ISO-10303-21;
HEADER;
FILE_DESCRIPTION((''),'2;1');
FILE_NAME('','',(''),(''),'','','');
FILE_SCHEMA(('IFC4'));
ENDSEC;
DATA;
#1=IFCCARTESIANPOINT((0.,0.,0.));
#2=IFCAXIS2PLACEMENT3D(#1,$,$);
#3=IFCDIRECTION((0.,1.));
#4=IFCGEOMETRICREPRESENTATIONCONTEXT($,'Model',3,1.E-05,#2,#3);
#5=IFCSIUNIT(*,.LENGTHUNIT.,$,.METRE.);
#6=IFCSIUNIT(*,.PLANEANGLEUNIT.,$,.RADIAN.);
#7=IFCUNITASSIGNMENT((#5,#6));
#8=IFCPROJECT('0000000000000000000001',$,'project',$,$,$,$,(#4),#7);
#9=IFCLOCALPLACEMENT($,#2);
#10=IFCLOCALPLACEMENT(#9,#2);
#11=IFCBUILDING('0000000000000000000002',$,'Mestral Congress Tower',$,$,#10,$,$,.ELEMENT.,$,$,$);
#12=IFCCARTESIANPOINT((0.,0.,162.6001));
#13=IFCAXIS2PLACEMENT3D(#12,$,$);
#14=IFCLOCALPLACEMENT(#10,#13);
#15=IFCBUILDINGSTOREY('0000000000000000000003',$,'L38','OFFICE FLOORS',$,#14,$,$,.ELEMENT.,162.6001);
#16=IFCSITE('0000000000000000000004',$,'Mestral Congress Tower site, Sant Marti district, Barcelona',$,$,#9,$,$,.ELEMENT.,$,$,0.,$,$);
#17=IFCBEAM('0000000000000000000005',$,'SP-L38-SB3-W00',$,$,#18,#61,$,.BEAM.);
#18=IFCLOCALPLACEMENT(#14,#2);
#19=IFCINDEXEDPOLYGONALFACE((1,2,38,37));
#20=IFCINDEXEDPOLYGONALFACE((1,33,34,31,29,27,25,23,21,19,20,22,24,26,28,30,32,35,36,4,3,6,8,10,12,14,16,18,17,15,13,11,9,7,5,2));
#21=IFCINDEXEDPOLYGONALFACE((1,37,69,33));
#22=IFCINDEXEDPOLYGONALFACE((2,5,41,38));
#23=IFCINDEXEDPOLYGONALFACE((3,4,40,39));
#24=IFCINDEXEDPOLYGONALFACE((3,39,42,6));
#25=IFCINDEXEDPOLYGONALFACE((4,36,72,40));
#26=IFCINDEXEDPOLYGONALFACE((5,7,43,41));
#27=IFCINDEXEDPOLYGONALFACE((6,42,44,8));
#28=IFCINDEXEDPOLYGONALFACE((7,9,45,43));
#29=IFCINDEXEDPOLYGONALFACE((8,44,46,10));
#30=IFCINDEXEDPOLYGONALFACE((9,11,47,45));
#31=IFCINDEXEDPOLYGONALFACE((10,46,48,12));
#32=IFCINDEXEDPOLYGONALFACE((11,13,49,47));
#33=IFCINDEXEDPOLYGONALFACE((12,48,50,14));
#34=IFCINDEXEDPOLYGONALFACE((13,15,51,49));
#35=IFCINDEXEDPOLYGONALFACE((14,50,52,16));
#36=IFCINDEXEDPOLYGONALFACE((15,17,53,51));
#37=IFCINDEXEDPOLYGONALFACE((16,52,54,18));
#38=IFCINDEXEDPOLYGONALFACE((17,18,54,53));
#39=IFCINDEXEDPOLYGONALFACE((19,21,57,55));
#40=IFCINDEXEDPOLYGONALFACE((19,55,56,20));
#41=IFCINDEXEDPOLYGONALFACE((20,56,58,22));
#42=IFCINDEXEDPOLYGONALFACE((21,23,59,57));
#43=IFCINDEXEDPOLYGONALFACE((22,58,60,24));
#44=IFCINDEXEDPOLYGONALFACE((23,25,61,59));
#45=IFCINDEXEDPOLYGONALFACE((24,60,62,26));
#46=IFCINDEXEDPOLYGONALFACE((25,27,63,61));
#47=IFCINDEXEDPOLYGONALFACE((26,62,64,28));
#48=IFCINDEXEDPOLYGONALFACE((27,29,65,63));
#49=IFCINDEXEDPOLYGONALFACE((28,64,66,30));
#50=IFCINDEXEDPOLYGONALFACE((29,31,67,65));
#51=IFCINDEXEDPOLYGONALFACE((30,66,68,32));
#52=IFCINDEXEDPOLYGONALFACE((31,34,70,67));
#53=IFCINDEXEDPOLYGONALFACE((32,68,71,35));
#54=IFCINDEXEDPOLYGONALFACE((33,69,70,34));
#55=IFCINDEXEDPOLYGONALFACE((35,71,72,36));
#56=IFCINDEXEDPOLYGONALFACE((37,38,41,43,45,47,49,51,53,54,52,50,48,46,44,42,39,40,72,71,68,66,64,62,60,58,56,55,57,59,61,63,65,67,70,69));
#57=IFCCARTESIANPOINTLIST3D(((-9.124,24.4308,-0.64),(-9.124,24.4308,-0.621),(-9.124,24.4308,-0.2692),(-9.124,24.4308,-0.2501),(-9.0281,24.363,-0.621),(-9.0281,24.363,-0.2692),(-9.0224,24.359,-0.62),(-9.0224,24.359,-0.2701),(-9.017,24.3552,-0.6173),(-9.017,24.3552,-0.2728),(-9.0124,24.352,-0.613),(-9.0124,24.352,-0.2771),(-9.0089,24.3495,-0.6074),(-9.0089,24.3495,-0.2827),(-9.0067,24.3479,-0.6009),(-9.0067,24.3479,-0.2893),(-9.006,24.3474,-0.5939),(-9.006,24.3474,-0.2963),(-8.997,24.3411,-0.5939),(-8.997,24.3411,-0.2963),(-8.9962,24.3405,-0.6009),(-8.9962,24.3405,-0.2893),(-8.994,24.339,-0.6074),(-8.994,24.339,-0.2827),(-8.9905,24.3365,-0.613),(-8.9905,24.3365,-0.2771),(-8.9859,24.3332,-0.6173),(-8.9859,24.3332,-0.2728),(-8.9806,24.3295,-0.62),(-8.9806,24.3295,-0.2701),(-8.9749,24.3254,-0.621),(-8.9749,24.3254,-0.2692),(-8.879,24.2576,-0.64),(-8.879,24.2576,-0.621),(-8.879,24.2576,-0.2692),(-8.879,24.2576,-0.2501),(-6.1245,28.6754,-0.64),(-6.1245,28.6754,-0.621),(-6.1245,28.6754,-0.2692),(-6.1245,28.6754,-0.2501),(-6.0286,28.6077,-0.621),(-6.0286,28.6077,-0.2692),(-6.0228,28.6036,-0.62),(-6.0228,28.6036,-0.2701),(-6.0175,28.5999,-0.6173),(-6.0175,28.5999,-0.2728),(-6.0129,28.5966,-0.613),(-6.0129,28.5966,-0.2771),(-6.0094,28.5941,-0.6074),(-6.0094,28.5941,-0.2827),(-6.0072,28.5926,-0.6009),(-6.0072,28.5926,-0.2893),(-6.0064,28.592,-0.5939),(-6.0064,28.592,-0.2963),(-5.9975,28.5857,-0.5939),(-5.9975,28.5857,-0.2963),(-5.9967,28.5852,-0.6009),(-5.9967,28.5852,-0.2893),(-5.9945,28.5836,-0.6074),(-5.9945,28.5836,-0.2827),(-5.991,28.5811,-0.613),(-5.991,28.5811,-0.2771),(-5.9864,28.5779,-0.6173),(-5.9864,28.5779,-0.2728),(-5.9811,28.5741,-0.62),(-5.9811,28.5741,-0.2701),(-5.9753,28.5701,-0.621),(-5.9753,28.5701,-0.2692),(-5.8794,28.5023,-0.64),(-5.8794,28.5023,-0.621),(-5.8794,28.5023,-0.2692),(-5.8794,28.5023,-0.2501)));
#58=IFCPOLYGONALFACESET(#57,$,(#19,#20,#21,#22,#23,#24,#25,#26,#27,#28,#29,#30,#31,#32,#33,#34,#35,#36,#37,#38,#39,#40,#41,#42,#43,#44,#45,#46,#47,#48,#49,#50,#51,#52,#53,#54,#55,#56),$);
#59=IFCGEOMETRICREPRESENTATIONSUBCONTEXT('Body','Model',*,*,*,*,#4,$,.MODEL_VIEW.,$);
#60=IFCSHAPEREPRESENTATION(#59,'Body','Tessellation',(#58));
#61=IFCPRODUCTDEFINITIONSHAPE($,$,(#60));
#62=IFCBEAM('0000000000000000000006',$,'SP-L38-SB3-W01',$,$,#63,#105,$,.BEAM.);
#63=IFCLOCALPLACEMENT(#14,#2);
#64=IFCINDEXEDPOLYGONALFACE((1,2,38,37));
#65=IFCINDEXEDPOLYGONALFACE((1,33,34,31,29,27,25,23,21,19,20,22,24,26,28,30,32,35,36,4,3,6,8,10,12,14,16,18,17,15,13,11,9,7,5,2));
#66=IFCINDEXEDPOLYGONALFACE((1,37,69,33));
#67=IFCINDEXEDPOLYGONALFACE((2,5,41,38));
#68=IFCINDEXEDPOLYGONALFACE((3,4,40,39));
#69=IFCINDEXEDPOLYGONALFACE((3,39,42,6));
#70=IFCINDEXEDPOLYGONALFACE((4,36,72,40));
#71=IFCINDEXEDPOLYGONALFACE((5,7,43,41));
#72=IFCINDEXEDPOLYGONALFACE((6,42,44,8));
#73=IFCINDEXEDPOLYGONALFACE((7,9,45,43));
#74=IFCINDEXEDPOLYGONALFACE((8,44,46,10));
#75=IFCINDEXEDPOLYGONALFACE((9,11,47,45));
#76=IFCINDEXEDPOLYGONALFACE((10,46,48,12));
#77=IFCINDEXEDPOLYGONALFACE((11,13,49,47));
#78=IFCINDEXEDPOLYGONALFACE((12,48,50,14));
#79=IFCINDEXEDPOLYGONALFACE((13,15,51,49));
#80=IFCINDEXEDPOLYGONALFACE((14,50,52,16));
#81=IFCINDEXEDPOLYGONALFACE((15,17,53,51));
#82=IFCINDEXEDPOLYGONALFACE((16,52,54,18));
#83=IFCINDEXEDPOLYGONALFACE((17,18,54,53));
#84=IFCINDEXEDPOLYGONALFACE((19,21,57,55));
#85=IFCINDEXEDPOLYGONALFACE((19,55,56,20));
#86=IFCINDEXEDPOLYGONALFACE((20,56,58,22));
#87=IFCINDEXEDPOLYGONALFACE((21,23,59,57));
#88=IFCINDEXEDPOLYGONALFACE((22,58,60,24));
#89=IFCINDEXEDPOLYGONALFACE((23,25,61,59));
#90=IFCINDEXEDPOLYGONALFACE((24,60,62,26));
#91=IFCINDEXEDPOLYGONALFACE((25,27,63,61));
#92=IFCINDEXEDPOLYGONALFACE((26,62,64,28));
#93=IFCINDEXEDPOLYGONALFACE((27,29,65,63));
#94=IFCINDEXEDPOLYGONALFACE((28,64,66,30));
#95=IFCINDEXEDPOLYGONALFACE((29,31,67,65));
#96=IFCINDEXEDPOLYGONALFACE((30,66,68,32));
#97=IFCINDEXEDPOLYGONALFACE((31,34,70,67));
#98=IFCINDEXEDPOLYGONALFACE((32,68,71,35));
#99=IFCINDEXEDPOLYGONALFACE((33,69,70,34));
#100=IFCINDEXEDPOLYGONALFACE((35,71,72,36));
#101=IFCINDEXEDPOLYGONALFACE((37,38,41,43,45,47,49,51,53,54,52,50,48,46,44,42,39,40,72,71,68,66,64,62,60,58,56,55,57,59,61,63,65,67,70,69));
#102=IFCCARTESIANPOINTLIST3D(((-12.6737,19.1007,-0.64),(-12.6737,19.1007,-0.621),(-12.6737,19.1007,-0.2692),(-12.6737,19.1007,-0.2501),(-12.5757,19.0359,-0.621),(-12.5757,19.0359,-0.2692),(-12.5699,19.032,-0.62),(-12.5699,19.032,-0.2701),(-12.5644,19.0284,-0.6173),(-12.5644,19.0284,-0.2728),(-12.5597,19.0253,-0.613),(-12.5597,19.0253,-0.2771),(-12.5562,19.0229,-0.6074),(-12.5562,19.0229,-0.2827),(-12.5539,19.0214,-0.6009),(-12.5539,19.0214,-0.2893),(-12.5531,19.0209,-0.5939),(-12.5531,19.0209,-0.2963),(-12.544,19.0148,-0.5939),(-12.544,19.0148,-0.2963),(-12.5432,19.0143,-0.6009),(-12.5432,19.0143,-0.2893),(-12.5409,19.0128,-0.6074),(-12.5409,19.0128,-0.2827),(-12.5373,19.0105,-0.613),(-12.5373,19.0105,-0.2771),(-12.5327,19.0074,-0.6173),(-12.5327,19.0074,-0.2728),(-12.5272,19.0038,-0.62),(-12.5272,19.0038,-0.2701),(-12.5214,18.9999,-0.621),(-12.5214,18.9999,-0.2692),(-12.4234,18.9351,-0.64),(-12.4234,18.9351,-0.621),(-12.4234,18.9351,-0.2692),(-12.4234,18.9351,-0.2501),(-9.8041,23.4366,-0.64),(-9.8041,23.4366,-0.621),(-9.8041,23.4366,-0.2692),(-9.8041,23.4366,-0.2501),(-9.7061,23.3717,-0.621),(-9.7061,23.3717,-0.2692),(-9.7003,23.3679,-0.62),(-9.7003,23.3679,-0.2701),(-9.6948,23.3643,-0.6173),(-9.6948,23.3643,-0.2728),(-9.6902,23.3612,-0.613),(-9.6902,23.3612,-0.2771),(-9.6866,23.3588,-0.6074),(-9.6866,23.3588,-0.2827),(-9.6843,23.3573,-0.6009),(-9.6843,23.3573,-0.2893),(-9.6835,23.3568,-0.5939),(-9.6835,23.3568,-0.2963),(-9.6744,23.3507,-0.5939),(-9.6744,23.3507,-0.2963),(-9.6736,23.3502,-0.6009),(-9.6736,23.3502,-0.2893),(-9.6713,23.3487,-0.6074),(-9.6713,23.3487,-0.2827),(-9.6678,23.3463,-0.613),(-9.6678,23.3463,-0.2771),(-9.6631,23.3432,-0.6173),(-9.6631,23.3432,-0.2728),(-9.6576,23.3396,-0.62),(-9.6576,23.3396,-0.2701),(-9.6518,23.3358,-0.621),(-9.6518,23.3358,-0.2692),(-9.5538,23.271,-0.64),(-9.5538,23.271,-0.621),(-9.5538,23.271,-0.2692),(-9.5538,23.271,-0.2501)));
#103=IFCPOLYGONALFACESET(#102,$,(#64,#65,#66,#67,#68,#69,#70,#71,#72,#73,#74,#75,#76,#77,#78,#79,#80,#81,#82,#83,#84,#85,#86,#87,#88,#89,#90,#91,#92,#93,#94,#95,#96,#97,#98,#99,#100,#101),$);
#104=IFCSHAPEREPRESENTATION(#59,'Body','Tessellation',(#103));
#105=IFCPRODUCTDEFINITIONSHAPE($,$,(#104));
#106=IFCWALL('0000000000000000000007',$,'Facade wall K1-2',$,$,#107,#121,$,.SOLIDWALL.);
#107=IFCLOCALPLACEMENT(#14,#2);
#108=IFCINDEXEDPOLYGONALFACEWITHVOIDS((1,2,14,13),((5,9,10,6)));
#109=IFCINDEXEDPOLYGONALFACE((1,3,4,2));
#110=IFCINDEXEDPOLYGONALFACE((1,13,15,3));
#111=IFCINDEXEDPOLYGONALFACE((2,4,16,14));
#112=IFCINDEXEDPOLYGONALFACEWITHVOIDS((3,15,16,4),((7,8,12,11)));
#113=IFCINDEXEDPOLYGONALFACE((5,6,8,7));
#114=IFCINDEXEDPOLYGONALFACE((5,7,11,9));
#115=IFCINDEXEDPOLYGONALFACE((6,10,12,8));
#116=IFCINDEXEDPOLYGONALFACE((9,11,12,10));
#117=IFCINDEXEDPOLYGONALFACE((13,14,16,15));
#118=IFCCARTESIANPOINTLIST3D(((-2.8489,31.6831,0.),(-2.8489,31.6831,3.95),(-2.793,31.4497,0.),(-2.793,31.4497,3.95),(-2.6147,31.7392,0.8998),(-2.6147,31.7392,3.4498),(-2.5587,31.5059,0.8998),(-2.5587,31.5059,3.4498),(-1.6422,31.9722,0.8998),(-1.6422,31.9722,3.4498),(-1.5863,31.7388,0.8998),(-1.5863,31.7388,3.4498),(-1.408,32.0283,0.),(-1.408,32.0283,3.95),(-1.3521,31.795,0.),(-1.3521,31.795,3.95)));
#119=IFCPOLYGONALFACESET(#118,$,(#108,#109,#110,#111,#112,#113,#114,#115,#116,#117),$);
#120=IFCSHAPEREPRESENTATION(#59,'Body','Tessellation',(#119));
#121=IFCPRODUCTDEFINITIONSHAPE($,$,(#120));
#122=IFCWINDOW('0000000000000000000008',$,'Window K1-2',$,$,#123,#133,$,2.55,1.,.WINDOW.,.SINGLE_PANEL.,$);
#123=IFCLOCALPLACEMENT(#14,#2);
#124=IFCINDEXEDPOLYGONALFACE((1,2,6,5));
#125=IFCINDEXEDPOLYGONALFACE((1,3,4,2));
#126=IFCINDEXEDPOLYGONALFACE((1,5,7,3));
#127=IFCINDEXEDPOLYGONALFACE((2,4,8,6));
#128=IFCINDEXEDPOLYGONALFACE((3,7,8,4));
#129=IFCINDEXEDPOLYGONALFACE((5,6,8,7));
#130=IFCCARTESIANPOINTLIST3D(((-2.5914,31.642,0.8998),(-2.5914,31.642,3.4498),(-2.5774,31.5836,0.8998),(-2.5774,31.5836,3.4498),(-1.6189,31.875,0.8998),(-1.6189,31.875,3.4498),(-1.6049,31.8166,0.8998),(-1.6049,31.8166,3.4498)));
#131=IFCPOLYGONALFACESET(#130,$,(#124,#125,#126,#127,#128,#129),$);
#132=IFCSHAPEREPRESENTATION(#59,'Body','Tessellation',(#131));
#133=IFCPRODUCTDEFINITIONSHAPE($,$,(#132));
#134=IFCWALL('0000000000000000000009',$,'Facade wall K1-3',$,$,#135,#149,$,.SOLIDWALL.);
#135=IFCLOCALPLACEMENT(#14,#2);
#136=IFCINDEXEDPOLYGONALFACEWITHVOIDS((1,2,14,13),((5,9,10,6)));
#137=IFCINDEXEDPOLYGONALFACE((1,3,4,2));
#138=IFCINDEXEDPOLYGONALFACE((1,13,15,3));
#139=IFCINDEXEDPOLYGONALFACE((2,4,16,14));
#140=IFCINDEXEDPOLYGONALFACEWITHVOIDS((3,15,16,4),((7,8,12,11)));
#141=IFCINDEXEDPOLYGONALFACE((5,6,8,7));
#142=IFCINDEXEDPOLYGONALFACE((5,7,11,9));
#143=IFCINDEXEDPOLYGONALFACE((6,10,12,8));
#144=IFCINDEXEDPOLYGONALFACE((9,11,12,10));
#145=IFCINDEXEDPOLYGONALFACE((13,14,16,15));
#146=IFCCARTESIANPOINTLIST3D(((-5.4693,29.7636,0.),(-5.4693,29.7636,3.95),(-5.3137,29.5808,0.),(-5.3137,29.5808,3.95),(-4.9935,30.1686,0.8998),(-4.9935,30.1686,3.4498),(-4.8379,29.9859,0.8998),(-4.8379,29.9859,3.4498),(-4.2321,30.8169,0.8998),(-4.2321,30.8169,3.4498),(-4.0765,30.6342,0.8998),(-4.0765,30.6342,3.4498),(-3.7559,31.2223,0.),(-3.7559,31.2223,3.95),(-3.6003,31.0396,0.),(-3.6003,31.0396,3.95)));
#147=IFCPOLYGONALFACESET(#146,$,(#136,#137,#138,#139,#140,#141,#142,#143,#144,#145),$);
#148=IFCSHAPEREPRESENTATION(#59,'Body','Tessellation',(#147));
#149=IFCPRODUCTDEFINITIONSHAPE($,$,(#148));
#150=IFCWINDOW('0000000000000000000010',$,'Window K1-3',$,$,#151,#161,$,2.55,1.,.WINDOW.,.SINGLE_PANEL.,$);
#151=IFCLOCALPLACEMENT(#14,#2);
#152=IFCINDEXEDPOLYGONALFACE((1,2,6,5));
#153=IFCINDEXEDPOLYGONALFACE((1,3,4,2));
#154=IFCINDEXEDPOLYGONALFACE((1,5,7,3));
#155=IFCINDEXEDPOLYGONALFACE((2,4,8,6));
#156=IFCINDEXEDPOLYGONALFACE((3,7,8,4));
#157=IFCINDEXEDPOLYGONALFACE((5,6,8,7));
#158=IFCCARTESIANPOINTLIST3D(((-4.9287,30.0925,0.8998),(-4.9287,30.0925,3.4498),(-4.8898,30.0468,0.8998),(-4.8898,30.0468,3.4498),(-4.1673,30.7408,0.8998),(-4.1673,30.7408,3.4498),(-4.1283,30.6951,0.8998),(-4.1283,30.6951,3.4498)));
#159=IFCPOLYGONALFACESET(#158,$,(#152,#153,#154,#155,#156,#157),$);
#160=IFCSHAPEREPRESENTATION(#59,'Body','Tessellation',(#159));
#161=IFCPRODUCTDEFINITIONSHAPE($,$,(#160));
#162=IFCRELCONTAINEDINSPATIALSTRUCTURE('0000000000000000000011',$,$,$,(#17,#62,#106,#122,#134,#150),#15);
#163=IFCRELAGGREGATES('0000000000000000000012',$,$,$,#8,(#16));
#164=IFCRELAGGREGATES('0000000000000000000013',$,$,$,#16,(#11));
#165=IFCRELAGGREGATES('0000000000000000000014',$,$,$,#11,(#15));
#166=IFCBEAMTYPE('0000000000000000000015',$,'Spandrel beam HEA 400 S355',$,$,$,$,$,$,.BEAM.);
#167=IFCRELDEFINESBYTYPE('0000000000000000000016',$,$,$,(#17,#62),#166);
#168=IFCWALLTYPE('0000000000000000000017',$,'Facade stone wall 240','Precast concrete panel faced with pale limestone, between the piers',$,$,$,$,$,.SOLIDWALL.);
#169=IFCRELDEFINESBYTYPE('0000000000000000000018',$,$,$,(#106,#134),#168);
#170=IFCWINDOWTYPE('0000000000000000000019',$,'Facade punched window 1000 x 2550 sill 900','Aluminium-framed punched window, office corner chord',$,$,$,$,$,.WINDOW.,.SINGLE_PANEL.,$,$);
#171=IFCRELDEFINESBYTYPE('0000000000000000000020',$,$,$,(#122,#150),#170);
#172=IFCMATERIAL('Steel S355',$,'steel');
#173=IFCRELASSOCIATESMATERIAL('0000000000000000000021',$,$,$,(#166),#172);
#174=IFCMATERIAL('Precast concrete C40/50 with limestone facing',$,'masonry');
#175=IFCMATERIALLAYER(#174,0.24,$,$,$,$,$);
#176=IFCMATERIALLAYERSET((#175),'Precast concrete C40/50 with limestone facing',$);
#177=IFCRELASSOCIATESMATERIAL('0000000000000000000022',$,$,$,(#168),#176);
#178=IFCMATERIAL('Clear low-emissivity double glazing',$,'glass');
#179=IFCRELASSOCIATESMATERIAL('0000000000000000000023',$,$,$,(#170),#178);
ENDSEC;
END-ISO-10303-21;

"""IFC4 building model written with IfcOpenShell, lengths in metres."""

from ifc_helpers import new_model, si_unit, direction, frame, frame_2d, origin, origin_2d, place, context, subcontext, project, spatial, rectangle, i_section, extrude, material, layer, layer_set, material_profile, profile_set, type_object, element, fill, save


model = new_model("IFC4")

# Units and contexts
model_context = context("Model", 3, precision=1e-05, world=origin(), true_north=direction((0.0, 1.0)))
body_context = subcontext(model_context, "Body", "Model", "MODEL_VIEW")
ifc_project = project(units=[si_unit("LENGTHUNIT", "METRE"), si_unit("PLANEANGLEUNIT", "RADIAN")], contexts=[model_context])

# Site, building, storey
site_placement = place(None, origin())
site = spatial("IfcSite", under=ifc_project, at=site_placement, Name="Mestral Congress Tower site, Sant Marti district, Barcelona", CompositionType="ELEMENT", RefElevation=0.0)
building_placement = place(site_placement, origin())
building = spatial("IfcBuilding", under=site, at=building_placement, Name="Mestral Congress Tower", CompositionType="ELEMENT")
storey_placement = place(building_placement, frame((0.0, 0.0, 162.6001)))
storey = spatial("IfcBuildingStorey", under=building, at=storey_placement, Name="L38", Description="OFFICE FLOORS", CompositionType="ELEMENT", Elevation=162.6001)

# Beams
ifc_material_1 = material(Name="Steel S355", Category="steel")
ifc_material_profile_1 = material_profile(ifc_material_1, i_section(OverallWidth=0.3, OverallDepth=0.3899, WebThickness=0.011, FlangeThickness=0.019, FilletRadius=0.0271, at=origin_2d()), Name="HEA 400")
ifc_profile_set_1 = profile_set([ifc_material_profile_1], Name="Steel S355")
beam_type_1 = type_object("IfcBeamType", Name="Spandrel beam HEA 400 S355", PredefinedType="BEAM", material=ifc_profile_set_1)
beam_1_placement = place(storey_placement, frame((-6.002, 28.5889, -0.4451), z_axis=(-0.577107, -0.816668, 0.0), x_axis=(0.816668, -0.577107, 0.0)))
element("IfcBeam", 1, at=beam_1_placement, inside=storey, type_object=beam_type_1, Name="SP-L38-SB3-W00", PredefinedType="BEAM", context=body_context, shape_type="SweptSolid", body=[
    extrude(i_section(OverallWidth=0.3, OverallDepth=0.3899, WebThickness=0.011, FlangeThickness=0.019, FilletRadius=0.0271, at=origin_2d()), origin(), (0.0, 0.0, 1.0), 5.1975),
])
beam_2_placement = place(storey_placement, frame((-9.679, 23.3538, -0.4451), z_axis=(-0.551901, -0.833909, 0.0), x_axis=(0.833909, -0.551901, 0.0)))
element("IfcBeam", 2, at=beam_2_placement, inside=storey, type_object=beam_type_1, Name="SP-L38-SB3-W01", PredefinedType="BEAM", context=body_context, shape_type="SweptSolid", body=[
    extrude(i_section(OverallWidth=0.3, OverallDepth=0.3899, WebThickness=0.011, FlangeThickness=0.019, FilletRadius=0.0271, at=origin_2d()), origin(), (0.0, 0.0, 1.0), 5.1995),
])

# Walls, openings, windows
ifc_material_2 = material(Name="Precast concrete C40/50 with limestone facing", Category="masonry")
ifc_layer_1 = layer(ifc_material_2, 0.24)
ifc_layer_set_1 = layer_set([ifc_layer_1], Name="Precast concrete C40/50 with limestone facing")
wall_type_1 = type_object("IfcWallType", Name="Facade stone wall 240", Description="Precast concrete panel faced with pale limestone, between the piers", PredefinedType="SOLIDWALL", material=ifc_layer_set_1)
wall_1_placement = place(storey_placement, frame((-1.3801, 31.9116, 0.0), z_axis=(0.0, 0.0, 1.0), x_axis=(-0.97248, -0.232987, 0.0)))
wall_1 = element("IfcWall", 3, at=wall_1_placement, inside=storey, type_object=wall_type_1, Name="Facade wall K1-2", PredefinedType="SOLIDWALL", context=body_context, shape_type="SweptSolid", body=[
    extrude(rectangle(XDim=1.4817, YDim=0.24, at=frame_2d((0.7407, 0.0))), origin(), (0.0, 0.0, 1.0), 3.95),
])
opening_1_placement = place(wall_1_placement, frame((0.2407, 0.0, 0.8999)))
opening_1 = element("IfcOpeningElement", 4, at=opening_1_placement, cuts=wall_1, PredefinedType="OPENING", context=body_context, shape_type="SweptSolid", body=[
    extrude(rectangle(XDim=1.0, YDim=2.55, at=frame_2d((0.5, 1.2749))), frame((0.0, 0.1299, 0.0), z_axis=(0.0, -1.0, 0.0), x_axis=(1.0, 0.0, 0.0)), (0.0, 0.0, 1.0), 0.26),
])
ifc_material_3 = material(Name="Clear low-emissivity double glazing", Category="glass")
window_type_1 = type_object("IfcWindowType", Name="Facade punched window 1000 x 2550 sill 900", Description="Aluminium-framed punched window, office corner chord", PartitioningType="SINGLE_PANEL", PredefinedType="WINDOW", material=ifc_material_3)
window_1_placement = place(opening_1_placement, origin())
window_1 = element("IfcWindow", 5, at=window_1_placement, inside=storey, type_object=window_type_1, Name="Window K1-2", OverallHeight=2.55, OverallWidth=1.0, PartitioningType="SINGLE_PANEL", PredefinedType="WINDOW", context=body_context, shape_type="SweptSolid", body=[
    extrude(rectangle(XDim=1.0, YDim=2.55, at=frame_2d((0.5, 1.2749))), frame((0.0, 0.04, 0.0), z_axis=(0.0, -1.0, 0.0), x_axis=(1.0, 0.0, 0.0)), (0.0, 0.0, 1.0), 0.0601),
])
fill(opening_1, window_1)
wall_2_placement = place(storey_placement, frame((-3.6782, 31.1309, 0.0), z_axis=(0.0, 0.0, 1.0), x_axis=(-0.76142, -0.648259, 0.0)))
wall_2 = element("IfcWall", 6, at=wall_2_placement, inside=storey, type_object=wall_type_1, Name="Facade wall K1-3", PredefinedType="SOLIDWALL", context=body_context, shape_type="SweptSolid", body=[
    extrude(rectangle(XDim=2.2502, YDim=0.24, at=frame_2d((1.125, 0.0))), origin(), (0.0, 0.0, 1.0), 3.95),
])
opening_2_placement = place(wall_2_placement, frame((0.6252, 0.0, 0.8999)))
opening_2 = element("IfcOpeningElement", 7, at=opening_2_placement, cuts=wall_2, PredefinedType="OPENING", context=body_context, shape_type="SweptSolid", body=[
    extrude(rectangle(XDim=1.0, YDim=2.55, at=frame_2d((0.5, 1.2749))), frame((0.0, 0.1299, 0.0), z_axis=(0.0, -1.0, 0.0), x_axis=(1.0, 0.0, 0.0)), (0.0, 0.0, 1.0), 0.26),
])
window_2_placement = place(opening_2_placement, origin())
window_2 = element("IfcWindow", 8, at=window_2_placement, inside=storey, type_object=window_type_1, Name="Window K1-3", OverallHeight=2.55, OverallWidth=1.0, PartitioningType="SINGLE_PANEL", PredefinedType="WINDOW", context=body_context, shape_type="SweptSolid", body=[
    extrude(rectangle(XDim=1.0, YDim=2.55, at=frame_2d((0.5, 1.2749))), frame((0.0, 0.04, 0.0), z_axis=(0.0, -1.0, 0.0), x_axis=(1.0, 0.0, 0.0)), (0.0, 0.0, 1.0), 0.0601),
])
fill(opening_2, window_2)

save(model, "model.ifc")
